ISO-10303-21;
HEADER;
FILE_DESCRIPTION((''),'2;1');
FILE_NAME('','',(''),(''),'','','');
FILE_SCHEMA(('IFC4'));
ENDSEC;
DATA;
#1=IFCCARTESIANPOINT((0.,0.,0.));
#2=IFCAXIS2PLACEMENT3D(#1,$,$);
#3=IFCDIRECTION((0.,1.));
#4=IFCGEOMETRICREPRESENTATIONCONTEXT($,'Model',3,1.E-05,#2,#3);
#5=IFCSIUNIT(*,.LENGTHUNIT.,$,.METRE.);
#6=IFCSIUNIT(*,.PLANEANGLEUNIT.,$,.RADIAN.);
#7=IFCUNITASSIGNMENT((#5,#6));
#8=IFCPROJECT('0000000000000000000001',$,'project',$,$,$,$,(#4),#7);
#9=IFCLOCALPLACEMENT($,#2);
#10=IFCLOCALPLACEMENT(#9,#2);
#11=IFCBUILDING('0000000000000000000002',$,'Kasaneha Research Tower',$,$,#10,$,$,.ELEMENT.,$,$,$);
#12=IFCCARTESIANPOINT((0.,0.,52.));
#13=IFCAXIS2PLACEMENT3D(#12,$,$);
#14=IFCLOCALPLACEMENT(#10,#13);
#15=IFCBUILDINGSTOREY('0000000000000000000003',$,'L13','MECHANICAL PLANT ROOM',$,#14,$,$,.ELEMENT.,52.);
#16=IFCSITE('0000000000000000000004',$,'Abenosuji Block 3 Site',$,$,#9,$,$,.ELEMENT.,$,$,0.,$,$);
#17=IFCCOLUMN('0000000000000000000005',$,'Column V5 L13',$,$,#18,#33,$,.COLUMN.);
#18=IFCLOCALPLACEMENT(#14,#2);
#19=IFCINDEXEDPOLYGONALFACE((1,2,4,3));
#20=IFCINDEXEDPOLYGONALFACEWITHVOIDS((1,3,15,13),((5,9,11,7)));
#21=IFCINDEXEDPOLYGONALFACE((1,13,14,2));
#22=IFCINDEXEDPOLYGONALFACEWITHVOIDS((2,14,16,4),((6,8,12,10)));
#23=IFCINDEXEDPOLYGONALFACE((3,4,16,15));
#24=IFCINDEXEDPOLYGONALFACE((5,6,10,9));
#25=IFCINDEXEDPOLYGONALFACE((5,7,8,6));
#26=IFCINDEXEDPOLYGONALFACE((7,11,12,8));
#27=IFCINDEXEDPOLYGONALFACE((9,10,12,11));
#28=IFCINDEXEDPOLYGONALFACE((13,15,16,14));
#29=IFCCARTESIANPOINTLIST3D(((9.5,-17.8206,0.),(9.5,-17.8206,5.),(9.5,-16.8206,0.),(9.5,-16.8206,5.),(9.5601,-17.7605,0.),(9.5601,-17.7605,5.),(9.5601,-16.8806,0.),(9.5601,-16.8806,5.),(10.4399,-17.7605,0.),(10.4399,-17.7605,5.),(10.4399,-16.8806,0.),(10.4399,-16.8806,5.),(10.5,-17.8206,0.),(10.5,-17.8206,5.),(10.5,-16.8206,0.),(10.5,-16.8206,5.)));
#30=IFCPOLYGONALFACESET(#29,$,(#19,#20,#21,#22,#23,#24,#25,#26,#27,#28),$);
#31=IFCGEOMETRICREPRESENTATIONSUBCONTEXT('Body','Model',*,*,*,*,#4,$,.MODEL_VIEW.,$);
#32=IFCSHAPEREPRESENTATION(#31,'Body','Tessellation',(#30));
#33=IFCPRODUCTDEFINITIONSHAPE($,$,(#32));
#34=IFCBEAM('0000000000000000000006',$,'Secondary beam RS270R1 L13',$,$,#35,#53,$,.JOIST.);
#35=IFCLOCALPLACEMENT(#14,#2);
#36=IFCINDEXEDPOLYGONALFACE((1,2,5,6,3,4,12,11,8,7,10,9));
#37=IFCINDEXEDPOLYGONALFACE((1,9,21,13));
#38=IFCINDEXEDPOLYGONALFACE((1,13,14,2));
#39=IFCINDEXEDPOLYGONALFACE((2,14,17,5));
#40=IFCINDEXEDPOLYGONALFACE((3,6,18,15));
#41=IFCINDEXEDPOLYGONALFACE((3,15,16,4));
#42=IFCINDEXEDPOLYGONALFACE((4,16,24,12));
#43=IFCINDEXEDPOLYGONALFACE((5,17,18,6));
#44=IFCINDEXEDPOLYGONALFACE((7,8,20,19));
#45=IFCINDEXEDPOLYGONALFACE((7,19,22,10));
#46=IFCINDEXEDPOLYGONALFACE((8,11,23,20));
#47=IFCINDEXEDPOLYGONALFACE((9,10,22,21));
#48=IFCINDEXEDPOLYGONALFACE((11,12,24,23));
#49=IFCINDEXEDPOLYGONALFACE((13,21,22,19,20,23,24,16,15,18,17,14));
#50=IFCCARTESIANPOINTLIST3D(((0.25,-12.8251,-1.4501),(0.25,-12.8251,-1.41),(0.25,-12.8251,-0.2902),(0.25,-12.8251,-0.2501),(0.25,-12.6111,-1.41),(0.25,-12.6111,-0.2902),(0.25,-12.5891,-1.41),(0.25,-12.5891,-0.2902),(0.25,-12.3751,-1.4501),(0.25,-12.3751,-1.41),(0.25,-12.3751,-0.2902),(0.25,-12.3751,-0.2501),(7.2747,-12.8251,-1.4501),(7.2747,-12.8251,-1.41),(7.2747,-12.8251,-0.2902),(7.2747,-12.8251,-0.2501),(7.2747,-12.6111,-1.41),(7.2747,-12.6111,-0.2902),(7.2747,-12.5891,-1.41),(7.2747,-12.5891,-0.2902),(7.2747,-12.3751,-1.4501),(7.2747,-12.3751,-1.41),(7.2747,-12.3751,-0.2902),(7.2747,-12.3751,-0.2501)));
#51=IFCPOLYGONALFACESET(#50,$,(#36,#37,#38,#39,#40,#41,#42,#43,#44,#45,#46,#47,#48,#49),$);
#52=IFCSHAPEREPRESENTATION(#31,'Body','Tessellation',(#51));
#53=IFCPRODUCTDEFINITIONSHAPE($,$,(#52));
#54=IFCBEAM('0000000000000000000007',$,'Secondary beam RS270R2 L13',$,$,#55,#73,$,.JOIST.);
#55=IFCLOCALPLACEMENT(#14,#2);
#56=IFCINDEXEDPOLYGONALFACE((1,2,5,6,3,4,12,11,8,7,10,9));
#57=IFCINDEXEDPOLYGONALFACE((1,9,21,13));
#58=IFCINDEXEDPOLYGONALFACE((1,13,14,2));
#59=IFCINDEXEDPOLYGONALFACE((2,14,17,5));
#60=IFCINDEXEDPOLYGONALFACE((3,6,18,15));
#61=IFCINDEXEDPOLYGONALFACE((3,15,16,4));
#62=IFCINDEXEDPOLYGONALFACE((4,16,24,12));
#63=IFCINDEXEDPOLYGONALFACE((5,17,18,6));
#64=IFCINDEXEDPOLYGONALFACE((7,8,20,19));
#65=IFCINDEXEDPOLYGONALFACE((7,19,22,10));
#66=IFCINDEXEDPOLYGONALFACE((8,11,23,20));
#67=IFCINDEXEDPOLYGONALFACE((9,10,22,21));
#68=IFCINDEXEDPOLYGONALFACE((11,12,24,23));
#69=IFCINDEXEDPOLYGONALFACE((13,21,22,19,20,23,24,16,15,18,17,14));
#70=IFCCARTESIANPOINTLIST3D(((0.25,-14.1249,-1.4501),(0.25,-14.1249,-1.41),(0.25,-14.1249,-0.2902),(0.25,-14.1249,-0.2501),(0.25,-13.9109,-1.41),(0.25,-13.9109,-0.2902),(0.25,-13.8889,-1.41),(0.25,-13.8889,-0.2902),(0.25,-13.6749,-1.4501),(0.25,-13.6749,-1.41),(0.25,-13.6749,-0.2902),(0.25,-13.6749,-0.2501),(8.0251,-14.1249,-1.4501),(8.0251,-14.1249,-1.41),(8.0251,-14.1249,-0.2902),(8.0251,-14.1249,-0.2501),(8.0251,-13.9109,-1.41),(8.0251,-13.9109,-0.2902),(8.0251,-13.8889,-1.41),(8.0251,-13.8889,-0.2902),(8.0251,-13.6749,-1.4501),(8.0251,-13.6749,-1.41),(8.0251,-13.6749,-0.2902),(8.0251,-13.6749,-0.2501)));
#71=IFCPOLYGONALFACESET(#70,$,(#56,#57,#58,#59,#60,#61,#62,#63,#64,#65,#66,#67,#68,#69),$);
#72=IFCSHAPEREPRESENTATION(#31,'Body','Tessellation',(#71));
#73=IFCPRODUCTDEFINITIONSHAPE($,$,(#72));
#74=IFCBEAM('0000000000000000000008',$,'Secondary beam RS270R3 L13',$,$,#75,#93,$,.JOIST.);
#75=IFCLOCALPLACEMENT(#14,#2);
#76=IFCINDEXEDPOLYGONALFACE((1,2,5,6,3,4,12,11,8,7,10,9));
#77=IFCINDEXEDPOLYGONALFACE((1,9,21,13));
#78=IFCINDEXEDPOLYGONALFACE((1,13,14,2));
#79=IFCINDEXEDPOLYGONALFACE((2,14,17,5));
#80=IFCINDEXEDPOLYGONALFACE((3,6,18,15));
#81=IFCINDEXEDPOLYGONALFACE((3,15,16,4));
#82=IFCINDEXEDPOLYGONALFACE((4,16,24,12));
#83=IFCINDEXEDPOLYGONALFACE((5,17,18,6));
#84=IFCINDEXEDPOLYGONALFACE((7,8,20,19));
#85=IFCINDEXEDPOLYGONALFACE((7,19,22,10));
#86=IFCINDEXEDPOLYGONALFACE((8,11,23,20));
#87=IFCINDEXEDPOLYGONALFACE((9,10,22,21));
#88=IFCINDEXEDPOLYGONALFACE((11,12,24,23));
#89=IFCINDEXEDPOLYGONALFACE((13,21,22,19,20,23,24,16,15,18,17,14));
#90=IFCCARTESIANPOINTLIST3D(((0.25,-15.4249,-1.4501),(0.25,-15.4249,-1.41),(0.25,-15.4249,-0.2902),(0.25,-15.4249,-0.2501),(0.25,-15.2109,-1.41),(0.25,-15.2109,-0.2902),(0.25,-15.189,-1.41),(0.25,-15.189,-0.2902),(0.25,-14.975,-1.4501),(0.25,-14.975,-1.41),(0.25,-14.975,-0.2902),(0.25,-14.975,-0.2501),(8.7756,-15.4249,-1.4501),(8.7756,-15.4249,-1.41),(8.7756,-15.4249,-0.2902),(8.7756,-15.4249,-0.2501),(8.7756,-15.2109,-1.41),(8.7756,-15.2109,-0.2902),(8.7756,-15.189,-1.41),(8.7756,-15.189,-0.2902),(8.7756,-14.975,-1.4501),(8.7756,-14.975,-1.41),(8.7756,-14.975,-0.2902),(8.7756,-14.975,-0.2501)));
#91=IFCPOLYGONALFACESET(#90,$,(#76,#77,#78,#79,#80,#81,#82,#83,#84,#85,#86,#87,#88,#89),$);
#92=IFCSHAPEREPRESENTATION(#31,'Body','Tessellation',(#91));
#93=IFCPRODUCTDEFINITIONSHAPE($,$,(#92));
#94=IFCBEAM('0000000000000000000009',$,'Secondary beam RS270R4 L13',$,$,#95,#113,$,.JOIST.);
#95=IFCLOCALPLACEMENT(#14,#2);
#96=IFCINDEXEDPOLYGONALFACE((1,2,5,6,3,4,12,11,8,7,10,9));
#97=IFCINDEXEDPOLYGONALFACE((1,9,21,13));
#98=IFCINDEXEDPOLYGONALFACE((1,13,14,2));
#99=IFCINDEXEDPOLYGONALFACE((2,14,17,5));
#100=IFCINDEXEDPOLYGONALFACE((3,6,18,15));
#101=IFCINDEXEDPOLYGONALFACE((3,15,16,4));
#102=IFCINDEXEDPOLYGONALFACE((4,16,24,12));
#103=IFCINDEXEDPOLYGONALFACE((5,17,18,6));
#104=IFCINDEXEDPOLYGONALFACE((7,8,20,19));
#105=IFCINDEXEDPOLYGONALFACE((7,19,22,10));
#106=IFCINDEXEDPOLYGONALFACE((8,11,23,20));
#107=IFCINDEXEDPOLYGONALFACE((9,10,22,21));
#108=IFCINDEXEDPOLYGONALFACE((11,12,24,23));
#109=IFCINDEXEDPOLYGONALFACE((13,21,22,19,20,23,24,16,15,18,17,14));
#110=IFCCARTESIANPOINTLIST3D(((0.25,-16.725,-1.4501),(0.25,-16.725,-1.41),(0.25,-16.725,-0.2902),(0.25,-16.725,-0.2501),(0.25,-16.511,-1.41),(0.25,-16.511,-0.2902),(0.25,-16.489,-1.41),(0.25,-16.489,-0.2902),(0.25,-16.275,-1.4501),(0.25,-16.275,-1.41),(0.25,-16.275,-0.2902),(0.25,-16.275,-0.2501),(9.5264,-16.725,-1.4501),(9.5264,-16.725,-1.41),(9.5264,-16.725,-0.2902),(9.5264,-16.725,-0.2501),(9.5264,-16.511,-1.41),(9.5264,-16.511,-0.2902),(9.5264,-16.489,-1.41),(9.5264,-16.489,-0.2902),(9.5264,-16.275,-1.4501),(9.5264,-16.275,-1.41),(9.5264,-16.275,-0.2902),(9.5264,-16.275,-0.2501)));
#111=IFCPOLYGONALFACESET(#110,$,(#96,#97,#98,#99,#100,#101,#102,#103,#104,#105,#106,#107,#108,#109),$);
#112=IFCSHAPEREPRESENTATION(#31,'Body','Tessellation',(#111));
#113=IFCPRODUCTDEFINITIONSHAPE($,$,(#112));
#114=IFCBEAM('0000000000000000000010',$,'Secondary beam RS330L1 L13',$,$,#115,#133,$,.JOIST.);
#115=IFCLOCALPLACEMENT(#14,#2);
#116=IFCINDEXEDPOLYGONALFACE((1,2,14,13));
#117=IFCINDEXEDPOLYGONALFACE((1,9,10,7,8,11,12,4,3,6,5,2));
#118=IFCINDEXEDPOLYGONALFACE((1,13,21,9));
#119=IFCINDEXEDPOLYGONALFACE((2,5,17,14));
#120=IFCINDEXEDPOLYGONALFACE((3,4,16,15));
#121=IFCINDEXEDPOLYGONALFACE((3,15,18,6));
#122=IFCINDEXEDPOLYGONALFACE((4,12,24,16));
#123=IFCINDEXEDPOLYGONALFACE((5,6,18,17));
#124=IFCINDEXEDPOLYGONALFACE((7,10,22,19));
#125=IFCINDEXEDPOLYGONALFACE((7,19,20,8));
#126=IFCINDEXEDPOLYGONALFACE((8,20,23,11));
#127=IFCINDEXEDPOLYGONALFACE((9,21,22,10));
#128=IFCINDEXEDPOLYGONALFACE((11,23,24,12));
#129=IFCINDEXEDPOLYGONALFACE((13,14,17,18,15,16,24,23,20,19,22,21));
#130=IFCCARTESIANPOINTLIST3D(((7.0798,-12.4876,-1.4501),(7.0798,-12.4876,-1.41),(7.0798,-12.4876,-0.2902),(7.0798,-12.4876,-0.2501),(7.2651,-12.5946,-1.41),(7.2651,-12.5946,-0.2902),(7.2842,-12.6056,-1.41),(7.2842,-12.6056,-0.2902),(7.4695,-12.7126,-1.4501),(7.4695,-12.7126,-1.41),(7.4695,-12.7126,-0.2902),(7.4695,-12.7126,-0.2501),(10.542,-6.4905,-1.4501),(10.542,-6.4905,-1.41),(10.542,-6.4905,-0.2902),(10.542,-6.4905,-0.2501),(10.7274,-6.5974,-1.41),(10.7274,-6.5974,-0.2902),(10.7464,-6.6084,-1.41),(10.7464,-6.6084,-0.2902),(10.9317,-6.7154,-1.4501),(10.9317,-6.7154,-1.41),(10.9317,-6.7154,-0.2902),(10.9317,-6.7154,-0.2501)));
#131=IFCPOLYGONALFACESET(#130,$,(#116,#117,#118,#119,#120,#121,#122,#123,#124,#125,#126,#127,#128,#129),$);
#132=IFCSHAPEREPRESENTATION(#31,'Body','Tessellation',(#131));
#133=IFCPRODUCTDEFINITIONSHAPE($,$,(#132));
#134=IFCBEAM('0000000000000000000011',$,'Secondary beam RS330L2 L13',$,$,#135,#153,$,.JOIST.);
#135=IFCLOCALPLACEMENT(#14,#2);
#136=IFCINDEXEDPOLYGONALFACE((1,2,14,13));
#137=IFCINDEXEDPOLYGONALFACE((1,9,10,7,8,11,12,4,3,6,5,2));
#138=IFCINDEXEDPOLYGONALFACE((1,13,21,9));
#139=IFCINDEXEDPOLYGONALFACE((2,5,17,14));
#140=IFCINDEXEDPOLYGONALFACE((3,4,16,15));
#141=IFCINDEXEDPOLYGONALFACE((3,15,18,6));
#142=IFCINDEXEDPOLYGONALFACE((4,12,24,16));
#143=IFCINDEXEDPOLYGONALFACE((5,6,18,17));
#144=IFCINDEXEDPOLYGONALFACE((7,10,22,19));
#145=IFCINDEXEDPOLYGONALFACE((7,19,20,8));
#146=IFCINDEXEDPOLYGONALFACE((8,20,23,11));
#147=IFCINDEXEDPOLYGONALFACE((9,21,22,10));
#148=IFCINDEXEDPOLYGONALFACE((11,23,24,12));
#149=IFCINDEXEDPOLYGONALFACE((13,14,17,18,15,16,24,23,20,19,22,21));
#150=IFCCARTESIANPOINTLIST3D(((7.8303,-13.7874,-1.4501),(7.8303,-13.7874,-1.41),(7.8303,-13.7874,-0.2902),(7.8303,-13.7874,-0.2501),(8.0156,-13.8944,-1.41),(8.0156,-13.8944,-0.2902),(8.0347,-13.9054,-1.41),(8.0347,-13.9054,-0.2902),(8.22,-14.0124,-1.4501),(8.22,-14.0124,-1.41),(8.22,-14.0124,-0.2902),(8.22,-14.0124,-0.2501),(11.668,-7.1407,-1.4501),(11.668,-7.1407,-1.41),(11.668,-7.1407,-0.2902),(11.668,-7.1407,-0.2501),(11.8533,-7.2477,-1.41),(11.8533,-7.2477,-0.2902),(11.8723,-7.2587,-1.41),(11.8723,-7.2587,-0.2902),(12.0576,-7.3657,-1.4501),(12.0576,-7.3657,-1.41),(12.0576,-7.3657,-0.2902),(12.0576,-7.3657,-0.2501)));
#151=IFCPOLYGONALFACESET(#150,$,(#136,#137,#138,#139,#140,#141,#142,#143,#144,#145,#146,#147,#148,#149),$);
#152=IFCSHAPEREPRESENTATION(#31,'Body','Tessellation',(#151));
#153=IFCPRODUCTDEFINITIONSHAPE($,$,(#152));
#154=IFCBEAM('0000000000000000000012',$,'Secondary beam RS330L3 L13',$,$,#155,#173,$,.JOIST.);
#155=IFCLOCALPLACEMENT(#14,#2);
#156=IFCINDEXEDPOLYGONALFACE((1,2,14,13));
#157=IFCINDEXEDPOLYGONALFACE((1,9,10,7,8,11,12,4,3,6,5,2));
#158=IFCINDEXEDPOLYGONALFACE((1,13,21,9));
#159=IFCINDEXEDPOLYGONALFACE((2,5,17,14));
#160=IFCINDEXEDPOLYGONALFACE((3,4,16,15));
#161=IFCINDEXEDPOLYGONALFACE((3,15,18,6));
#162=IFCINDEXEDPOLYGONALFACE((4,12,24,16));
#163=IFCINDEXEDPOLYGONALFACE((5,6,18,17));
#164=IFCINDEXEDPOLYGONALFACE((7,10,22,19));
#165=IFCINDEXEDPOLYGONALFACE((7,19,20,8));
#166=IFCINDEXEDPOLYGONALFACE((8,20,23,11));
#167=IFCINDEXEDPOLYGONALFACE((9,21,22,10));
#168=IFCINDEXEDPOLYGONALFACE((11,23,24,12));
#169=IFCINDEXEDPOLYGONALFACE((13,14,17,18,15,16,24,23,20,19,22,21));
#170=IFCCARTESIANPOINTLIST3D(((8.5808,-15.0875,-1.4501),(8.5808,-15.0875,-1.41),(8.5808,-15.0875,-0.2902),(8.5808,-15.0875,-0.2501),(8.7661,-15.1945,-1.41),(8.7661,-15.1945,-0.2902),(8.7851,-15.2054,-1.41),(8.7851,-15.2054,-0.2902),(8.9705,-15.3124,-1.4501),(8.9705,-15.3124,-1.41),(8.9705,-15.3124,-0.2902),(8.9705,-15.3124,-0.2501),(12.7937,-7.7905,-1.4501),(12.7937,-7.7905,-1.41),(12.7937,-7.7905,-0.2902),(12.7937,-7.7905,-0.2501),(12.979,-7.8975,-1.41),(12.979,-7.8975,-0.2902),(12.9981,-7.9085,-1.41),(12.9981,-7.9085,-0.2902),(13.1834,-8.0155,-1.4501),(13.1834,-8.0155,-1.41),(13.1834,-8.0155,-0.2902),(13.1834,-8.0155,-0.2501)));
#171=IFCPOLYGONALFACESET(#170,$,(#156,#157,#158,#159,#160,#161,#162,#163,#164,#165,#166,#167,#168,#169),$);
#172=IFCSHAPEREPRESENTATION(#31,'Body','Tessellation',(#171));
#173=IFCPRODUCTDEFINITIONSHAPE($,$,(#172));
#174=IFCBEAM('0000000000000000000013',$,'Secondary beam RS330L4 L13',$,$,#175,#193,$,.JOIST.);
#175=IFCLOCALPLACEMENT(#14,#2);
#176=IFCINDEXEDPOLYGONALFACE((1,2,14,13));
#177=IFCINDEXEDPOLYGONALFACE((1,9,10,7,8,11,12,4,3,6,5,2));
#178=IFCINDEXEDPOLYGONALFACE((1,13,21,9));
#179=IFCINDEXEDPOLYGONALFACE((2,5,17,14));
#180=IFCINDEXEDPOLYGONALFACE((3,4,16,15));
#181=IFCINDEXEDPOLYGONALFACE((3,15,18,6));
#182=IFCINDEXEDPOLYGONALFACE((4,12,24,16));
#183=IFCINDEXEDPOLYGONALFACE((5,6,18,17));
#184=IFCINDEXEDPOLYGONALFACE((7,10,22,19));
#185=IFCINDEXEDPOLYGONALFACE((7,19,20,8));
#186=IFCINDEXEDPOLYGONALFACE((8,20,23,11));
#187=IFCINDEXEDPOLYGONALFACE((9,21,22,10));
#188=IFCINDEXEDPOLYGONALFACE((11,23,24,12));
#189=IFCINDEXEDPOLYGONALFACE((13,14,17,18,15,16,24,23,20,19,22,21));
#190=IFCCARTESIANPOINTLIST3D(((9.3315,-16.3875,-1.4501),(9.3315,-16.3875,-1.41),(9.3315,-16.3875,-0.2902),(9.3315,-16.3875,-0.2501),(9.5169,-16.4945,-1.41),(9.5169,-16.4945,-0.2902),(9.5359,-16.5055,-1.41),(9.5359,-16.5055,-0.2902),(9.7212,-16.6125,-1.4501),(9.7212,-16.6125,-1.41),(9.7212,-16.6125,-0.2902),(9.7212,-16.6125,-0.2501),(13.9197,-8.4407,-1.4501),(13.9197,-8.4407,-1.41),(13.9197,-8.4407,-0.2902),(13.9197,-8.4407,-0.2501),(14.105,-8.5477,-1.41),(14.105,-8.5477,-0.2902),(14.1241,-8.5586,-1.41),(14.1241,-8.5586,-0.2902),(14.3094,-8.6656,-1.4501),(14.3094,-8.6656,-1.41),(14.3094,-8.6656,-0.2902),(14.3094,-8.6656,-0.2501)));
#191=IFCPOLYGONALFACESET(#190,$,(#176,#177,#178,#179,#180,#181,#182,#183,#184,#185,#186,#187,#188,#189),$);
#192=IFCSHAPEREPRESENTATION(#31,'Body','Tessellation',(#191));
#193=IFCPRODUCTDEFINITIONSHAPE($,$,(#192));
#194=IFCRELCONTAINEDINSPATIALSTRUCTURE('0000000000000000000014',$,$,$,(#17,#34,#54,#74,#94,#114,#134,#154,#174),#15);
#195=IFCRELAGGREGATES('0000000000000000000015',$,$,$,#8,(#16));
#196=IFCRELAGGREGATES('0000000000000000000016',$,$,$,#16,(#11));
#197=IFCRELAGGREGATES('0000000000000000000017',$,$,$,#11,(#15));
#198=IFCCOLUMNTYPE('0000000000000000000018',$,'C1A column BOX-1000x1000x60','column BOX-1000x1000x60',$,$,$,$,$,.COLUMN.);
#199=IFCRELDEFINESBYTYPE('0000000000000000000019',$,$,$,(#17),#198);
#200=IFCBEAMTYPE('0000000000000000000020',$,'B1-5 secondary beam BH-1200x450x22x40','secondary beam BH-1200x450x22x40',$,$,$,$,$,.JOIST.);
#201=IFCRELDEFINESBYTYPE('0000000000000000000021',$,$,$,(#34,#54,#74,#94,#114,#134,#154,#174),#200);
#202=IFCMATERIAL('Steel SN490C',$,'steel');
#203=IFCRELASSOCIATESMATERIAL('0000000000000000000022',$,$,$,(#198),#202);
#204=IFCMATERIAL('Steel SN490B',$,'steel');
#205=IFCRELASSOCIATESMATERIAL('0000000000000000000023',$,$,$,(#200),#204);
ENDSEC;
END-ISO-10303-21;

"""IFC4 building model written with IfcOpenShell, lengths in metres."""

from ifc_helpers import new_model, si_unit, direction, frame, origin, origin_2d, place, context, subcontext, project, spatial, hollow_rectangle, i_section, extrude, material, material_profile, profile_set, type_object, element, save


model = new_model("IFC4")

# Units and contexts
model_context = context("Model", 3, precision=1e-05, world=origin(), true_north=direction((0.0, 1.0)))
body_context = subcontext(model_context, "Body", "Model", "MODEL_VIEW")
ifc_project = project(units=[si_unit("LENGTHUNIT", "METRE"), si_unit("PLANEANGLEUNIT", "RADIAN")], contexts=[model_context])

# Site, building, storey
site_placement = place(None, origin())
site = spatial("IfcSite", under=ifc_project, at=site_placement, Name="Abenosuji Block 3 Site", CompositionType="ELEMENT", RefElevation=0.0)
building_placement = place(site_placement, origin())
building = spatial("IfcBuilding", under=site, at=building_placement, Name="Kasaneha Research Tower", CompositionType="ELEMENT")
storey_placement = place(building_placement, frame((0.0, 0.0, 52.0)))
storey = spatial("IfcBuildingStorey", under=building, at=storey_placement, Name="L13", Description="MECHANICAL PLANT ROOM", CompositionType="ELEMENT", Elevation=52.0)

# Column
ifc_material_1 = material(Name="Steel SN490C", Category="steel")
ifc_material_profile_1 = material_profile(ifc_material_1, hollow_rectangle(XDim=1.0, YDim=1.0, WallThickness=0.0601, at=origin_2d()), Name="BOX-1000x1000x60")
ifc_profile_set_1 = profile_set([ifc_material_profile_1], Name="Steel SN490C")
column_type = type_object("IfcColumnType", Name="C1A column BOX-1000x1000x60", Description="column BOX-1000x1000x60", PredefinedType="COLUMN", material=ifc_profile_set_1)
column_placement = place(storey_placement, frame((10.0, -17.3206, 0.0), z_axis=(0.0, 0.0, 1.0), x_axis=(1.0, 0.0, 0.0)))
element("IfcColumn", 1, at=column_placement, inside=storey, type_object=column_type, Name="Column V5 L13", PredefinedType="COLUMN", context=body_context, shape_type="SweptSolid", body=[
    extrude(hollow_rectangle(XDim=1.0, YDim=1.0, WallThickness=0.0601, at=origin_2d()), origin(), (0.0, 0.0, 1.0), 5.0),
])

# Beams
ifc_material_2 = material(Name="Steel SN490B", Category="steel")
ifc_material_profile_2 = material_profile(ifc_material_2, i_section(OverallWidth=0.45, OverallDepth=1.2, WebThickness=0.022, FlangeThickness=0.04, at=origin_2d()), Name="BH-1200x450x22x40")
ifc_profile_set_2 = profile_set([ifc_material_profile_2], Name="Steel SN490B")
beam_type_1 = type_object("IfcBeamType", Name="B1-5 secondary beam BH-1200x450x22x40", Description="secondary beam BH-1200x450x22x40", PredefinedType="JOIST", material=ifc_profile_set_2)
beam_1_placement = place(storey_placement, frame((7.2747, -12.6001, -0.8501), z_axis=(-1.0, 0.0, 0.0), x_axis=(0.0, -1.0, 0.0)))
element("IfcBeam", 2, at=beam_1_placement, inside=storey, type_object=beam_type_1, Name="Secondary beam RS270R1 L13", PredefinedType="JOIST", context=body_context, shape_type="SweptSolid", body=[
    extrude(i_section(OverallWidth=0.45, OverallDepth=1.2, WebThickness=0.022, FlangeThickness=0.04, at=origin_2d()), origin(), (0.0, 0.0, 1.0), 7.0247),
])
beam_2_placement = place(storey_placement, frame((8.0251, -13.8999, -0.8501), z_axis=(-1.0, 0.0, 0.0), x_axis=(0.0, -1.0, 0.0)))
element("IfcBeam", 3, at=beam_2_placement, inside=storey, type_object=beam_type_1, Name="Secondary beam RS270R2 L13", PredefinedType="JOIST", context=body_context, shape_type="SweptSolid", body=[
    extrude(i_section(OverallWidth=0.45, OverallDepth=1.2, WebThickness=0.022, FlangeThickness=0.04, at=origin_2d()), origin(), (0.0, 0.0, 1.0), 7.7751),
])
beam_3_placement = place(storey_placement, frame((8.7756, -15.2, -0.8501), z_axis=(-1.0, 0.0, 0.0), x_axis=(0.0, -1.0, 0.0)))
element("IfcBeam", 4, at=beam_3_placement, inside=storey, type_object=beam_type_1, Name="Secondary beam RS270R3 L13", PredefinedType="JOIST", context=body_context, shape_type="SweptSolid", body=[
    extrude(i_section(OverallWidth=0.45, OverallDepth=1.2, WebThickness=0.022, FlangeThickness=0.04, at=origin_2d()), origin(), (0.0, 0.0, 1.0), 8.5256),
])
beam_4_placement = place(storey_placement, frame((9.5264, -16.5, -0.8501), z_axis=(-1.0, 0.0, 0.0), x_axis=(0.0, -1.0, 0.0)))
element("IfcBeam", 5, at=beam_4_placement, inside=storey, type_object=beam_type_1, Name="Secondary beam RS270R4 L13", PredefinedType="JOIST", context=body_context, shape_type="SweptSolid", body=[
    extrude(i_section(OverallWidth=0.45, OverallDepth=1.2, WebThickness=0.022, FlangeThickness=0.04, at=origin_2d()), origin(), (0.0, 0.0, 1.0), 9.2764),
])
beam_5_placement = place(storey_placement, frame((7.2747, -12.6001, -0.8501), z_axis=(0.499973, 0.866041, 0.0), x_axis=(-0.866041, 0.499973, 0.0)))
element("IfcBeam", 6, at=beam_5_placement, inside=storey, type_object=beam_type_1, Name="Secondary beam RS330L1 L13", PredefinedType="JOIST", context=body_context, shape_type="SweptSolid", body=[
    extrude(i_section(OverallWidth=0.45, OverallDepth=1.2, WebThickness=0.022, FlangeThickness=0.04, at=origin_2d()), origin(), (0.0, 0.0, 1.0), 6.9248),
])
beam_6_placement = place(storey_placement, frame((8.0251, -13.8999, -0.8501), z_axis=(0.500015, 0.866017, 0.0), x_axis=(-0.866017, 0.500015, 0.0)))
element("IfcBeam", 7, at=beam_6_placement, inside=storey, type_object=beam_type_1, Name="Secondary beam RS330L2 L13", PredefinedType="JOIST", context=body_context, shape_type="SweptSolid", body=[
    extrude(i_section(OverallWidth=0.45, OverallDepth=1.2, WebThickness=0.022, FlangeThickness=0.04, at=origin_2d()), origin(), (0.0, 0.0, 1.0), 7.675),
])
beam_7_placement = place(storey_placement, frame((8.7756, -15.2, -0.8501), z_axis=(0.500003, 0.866023, 0.0), x_axis=(-0.866023, 0.500003, 0.0)))
element("IfcBeam", 8, at=beam_7_placement, inside=storey, type_object=beam_type_1, Name="Secondary beam RS330L3 L13", PredefinedType="JOIST", context=body_context, shape_type="SweptSolid", body=[
    extrude(i_section(OverallWidth=0.45, OverallDepth=1.2, WebThickness=0.022, FlangeThickness=0.04, at=origin_2d()), origin(), (0.0, 0.0, 1.0), 8.4258),
])
beam_8_placement = place(storey_placement, frame((9.5264, -16.5, -0.8501), z_axis=(0.500005, 0.866023, 0.0), x_axis=(-0.866023, 0.500005, 0.0)))
element("IfcBeam", 9, at=beam_8_placement, inside=storey, type_object=beam_type_1, Name="Secondary beam RS330L4 L13", PredefinedType="JOIST", context=body_context, shape_type="SweptSolid", body=[
    extrude(i_section(OverallWidth=0.45, OverallDepth=1.2, WebThickness=0.022, FlangeThickness=0.04, at=origin_2d()), origin(), (0.0, 0.0, 1.0), 9.1763),
])

save(model, "model.ifc")
